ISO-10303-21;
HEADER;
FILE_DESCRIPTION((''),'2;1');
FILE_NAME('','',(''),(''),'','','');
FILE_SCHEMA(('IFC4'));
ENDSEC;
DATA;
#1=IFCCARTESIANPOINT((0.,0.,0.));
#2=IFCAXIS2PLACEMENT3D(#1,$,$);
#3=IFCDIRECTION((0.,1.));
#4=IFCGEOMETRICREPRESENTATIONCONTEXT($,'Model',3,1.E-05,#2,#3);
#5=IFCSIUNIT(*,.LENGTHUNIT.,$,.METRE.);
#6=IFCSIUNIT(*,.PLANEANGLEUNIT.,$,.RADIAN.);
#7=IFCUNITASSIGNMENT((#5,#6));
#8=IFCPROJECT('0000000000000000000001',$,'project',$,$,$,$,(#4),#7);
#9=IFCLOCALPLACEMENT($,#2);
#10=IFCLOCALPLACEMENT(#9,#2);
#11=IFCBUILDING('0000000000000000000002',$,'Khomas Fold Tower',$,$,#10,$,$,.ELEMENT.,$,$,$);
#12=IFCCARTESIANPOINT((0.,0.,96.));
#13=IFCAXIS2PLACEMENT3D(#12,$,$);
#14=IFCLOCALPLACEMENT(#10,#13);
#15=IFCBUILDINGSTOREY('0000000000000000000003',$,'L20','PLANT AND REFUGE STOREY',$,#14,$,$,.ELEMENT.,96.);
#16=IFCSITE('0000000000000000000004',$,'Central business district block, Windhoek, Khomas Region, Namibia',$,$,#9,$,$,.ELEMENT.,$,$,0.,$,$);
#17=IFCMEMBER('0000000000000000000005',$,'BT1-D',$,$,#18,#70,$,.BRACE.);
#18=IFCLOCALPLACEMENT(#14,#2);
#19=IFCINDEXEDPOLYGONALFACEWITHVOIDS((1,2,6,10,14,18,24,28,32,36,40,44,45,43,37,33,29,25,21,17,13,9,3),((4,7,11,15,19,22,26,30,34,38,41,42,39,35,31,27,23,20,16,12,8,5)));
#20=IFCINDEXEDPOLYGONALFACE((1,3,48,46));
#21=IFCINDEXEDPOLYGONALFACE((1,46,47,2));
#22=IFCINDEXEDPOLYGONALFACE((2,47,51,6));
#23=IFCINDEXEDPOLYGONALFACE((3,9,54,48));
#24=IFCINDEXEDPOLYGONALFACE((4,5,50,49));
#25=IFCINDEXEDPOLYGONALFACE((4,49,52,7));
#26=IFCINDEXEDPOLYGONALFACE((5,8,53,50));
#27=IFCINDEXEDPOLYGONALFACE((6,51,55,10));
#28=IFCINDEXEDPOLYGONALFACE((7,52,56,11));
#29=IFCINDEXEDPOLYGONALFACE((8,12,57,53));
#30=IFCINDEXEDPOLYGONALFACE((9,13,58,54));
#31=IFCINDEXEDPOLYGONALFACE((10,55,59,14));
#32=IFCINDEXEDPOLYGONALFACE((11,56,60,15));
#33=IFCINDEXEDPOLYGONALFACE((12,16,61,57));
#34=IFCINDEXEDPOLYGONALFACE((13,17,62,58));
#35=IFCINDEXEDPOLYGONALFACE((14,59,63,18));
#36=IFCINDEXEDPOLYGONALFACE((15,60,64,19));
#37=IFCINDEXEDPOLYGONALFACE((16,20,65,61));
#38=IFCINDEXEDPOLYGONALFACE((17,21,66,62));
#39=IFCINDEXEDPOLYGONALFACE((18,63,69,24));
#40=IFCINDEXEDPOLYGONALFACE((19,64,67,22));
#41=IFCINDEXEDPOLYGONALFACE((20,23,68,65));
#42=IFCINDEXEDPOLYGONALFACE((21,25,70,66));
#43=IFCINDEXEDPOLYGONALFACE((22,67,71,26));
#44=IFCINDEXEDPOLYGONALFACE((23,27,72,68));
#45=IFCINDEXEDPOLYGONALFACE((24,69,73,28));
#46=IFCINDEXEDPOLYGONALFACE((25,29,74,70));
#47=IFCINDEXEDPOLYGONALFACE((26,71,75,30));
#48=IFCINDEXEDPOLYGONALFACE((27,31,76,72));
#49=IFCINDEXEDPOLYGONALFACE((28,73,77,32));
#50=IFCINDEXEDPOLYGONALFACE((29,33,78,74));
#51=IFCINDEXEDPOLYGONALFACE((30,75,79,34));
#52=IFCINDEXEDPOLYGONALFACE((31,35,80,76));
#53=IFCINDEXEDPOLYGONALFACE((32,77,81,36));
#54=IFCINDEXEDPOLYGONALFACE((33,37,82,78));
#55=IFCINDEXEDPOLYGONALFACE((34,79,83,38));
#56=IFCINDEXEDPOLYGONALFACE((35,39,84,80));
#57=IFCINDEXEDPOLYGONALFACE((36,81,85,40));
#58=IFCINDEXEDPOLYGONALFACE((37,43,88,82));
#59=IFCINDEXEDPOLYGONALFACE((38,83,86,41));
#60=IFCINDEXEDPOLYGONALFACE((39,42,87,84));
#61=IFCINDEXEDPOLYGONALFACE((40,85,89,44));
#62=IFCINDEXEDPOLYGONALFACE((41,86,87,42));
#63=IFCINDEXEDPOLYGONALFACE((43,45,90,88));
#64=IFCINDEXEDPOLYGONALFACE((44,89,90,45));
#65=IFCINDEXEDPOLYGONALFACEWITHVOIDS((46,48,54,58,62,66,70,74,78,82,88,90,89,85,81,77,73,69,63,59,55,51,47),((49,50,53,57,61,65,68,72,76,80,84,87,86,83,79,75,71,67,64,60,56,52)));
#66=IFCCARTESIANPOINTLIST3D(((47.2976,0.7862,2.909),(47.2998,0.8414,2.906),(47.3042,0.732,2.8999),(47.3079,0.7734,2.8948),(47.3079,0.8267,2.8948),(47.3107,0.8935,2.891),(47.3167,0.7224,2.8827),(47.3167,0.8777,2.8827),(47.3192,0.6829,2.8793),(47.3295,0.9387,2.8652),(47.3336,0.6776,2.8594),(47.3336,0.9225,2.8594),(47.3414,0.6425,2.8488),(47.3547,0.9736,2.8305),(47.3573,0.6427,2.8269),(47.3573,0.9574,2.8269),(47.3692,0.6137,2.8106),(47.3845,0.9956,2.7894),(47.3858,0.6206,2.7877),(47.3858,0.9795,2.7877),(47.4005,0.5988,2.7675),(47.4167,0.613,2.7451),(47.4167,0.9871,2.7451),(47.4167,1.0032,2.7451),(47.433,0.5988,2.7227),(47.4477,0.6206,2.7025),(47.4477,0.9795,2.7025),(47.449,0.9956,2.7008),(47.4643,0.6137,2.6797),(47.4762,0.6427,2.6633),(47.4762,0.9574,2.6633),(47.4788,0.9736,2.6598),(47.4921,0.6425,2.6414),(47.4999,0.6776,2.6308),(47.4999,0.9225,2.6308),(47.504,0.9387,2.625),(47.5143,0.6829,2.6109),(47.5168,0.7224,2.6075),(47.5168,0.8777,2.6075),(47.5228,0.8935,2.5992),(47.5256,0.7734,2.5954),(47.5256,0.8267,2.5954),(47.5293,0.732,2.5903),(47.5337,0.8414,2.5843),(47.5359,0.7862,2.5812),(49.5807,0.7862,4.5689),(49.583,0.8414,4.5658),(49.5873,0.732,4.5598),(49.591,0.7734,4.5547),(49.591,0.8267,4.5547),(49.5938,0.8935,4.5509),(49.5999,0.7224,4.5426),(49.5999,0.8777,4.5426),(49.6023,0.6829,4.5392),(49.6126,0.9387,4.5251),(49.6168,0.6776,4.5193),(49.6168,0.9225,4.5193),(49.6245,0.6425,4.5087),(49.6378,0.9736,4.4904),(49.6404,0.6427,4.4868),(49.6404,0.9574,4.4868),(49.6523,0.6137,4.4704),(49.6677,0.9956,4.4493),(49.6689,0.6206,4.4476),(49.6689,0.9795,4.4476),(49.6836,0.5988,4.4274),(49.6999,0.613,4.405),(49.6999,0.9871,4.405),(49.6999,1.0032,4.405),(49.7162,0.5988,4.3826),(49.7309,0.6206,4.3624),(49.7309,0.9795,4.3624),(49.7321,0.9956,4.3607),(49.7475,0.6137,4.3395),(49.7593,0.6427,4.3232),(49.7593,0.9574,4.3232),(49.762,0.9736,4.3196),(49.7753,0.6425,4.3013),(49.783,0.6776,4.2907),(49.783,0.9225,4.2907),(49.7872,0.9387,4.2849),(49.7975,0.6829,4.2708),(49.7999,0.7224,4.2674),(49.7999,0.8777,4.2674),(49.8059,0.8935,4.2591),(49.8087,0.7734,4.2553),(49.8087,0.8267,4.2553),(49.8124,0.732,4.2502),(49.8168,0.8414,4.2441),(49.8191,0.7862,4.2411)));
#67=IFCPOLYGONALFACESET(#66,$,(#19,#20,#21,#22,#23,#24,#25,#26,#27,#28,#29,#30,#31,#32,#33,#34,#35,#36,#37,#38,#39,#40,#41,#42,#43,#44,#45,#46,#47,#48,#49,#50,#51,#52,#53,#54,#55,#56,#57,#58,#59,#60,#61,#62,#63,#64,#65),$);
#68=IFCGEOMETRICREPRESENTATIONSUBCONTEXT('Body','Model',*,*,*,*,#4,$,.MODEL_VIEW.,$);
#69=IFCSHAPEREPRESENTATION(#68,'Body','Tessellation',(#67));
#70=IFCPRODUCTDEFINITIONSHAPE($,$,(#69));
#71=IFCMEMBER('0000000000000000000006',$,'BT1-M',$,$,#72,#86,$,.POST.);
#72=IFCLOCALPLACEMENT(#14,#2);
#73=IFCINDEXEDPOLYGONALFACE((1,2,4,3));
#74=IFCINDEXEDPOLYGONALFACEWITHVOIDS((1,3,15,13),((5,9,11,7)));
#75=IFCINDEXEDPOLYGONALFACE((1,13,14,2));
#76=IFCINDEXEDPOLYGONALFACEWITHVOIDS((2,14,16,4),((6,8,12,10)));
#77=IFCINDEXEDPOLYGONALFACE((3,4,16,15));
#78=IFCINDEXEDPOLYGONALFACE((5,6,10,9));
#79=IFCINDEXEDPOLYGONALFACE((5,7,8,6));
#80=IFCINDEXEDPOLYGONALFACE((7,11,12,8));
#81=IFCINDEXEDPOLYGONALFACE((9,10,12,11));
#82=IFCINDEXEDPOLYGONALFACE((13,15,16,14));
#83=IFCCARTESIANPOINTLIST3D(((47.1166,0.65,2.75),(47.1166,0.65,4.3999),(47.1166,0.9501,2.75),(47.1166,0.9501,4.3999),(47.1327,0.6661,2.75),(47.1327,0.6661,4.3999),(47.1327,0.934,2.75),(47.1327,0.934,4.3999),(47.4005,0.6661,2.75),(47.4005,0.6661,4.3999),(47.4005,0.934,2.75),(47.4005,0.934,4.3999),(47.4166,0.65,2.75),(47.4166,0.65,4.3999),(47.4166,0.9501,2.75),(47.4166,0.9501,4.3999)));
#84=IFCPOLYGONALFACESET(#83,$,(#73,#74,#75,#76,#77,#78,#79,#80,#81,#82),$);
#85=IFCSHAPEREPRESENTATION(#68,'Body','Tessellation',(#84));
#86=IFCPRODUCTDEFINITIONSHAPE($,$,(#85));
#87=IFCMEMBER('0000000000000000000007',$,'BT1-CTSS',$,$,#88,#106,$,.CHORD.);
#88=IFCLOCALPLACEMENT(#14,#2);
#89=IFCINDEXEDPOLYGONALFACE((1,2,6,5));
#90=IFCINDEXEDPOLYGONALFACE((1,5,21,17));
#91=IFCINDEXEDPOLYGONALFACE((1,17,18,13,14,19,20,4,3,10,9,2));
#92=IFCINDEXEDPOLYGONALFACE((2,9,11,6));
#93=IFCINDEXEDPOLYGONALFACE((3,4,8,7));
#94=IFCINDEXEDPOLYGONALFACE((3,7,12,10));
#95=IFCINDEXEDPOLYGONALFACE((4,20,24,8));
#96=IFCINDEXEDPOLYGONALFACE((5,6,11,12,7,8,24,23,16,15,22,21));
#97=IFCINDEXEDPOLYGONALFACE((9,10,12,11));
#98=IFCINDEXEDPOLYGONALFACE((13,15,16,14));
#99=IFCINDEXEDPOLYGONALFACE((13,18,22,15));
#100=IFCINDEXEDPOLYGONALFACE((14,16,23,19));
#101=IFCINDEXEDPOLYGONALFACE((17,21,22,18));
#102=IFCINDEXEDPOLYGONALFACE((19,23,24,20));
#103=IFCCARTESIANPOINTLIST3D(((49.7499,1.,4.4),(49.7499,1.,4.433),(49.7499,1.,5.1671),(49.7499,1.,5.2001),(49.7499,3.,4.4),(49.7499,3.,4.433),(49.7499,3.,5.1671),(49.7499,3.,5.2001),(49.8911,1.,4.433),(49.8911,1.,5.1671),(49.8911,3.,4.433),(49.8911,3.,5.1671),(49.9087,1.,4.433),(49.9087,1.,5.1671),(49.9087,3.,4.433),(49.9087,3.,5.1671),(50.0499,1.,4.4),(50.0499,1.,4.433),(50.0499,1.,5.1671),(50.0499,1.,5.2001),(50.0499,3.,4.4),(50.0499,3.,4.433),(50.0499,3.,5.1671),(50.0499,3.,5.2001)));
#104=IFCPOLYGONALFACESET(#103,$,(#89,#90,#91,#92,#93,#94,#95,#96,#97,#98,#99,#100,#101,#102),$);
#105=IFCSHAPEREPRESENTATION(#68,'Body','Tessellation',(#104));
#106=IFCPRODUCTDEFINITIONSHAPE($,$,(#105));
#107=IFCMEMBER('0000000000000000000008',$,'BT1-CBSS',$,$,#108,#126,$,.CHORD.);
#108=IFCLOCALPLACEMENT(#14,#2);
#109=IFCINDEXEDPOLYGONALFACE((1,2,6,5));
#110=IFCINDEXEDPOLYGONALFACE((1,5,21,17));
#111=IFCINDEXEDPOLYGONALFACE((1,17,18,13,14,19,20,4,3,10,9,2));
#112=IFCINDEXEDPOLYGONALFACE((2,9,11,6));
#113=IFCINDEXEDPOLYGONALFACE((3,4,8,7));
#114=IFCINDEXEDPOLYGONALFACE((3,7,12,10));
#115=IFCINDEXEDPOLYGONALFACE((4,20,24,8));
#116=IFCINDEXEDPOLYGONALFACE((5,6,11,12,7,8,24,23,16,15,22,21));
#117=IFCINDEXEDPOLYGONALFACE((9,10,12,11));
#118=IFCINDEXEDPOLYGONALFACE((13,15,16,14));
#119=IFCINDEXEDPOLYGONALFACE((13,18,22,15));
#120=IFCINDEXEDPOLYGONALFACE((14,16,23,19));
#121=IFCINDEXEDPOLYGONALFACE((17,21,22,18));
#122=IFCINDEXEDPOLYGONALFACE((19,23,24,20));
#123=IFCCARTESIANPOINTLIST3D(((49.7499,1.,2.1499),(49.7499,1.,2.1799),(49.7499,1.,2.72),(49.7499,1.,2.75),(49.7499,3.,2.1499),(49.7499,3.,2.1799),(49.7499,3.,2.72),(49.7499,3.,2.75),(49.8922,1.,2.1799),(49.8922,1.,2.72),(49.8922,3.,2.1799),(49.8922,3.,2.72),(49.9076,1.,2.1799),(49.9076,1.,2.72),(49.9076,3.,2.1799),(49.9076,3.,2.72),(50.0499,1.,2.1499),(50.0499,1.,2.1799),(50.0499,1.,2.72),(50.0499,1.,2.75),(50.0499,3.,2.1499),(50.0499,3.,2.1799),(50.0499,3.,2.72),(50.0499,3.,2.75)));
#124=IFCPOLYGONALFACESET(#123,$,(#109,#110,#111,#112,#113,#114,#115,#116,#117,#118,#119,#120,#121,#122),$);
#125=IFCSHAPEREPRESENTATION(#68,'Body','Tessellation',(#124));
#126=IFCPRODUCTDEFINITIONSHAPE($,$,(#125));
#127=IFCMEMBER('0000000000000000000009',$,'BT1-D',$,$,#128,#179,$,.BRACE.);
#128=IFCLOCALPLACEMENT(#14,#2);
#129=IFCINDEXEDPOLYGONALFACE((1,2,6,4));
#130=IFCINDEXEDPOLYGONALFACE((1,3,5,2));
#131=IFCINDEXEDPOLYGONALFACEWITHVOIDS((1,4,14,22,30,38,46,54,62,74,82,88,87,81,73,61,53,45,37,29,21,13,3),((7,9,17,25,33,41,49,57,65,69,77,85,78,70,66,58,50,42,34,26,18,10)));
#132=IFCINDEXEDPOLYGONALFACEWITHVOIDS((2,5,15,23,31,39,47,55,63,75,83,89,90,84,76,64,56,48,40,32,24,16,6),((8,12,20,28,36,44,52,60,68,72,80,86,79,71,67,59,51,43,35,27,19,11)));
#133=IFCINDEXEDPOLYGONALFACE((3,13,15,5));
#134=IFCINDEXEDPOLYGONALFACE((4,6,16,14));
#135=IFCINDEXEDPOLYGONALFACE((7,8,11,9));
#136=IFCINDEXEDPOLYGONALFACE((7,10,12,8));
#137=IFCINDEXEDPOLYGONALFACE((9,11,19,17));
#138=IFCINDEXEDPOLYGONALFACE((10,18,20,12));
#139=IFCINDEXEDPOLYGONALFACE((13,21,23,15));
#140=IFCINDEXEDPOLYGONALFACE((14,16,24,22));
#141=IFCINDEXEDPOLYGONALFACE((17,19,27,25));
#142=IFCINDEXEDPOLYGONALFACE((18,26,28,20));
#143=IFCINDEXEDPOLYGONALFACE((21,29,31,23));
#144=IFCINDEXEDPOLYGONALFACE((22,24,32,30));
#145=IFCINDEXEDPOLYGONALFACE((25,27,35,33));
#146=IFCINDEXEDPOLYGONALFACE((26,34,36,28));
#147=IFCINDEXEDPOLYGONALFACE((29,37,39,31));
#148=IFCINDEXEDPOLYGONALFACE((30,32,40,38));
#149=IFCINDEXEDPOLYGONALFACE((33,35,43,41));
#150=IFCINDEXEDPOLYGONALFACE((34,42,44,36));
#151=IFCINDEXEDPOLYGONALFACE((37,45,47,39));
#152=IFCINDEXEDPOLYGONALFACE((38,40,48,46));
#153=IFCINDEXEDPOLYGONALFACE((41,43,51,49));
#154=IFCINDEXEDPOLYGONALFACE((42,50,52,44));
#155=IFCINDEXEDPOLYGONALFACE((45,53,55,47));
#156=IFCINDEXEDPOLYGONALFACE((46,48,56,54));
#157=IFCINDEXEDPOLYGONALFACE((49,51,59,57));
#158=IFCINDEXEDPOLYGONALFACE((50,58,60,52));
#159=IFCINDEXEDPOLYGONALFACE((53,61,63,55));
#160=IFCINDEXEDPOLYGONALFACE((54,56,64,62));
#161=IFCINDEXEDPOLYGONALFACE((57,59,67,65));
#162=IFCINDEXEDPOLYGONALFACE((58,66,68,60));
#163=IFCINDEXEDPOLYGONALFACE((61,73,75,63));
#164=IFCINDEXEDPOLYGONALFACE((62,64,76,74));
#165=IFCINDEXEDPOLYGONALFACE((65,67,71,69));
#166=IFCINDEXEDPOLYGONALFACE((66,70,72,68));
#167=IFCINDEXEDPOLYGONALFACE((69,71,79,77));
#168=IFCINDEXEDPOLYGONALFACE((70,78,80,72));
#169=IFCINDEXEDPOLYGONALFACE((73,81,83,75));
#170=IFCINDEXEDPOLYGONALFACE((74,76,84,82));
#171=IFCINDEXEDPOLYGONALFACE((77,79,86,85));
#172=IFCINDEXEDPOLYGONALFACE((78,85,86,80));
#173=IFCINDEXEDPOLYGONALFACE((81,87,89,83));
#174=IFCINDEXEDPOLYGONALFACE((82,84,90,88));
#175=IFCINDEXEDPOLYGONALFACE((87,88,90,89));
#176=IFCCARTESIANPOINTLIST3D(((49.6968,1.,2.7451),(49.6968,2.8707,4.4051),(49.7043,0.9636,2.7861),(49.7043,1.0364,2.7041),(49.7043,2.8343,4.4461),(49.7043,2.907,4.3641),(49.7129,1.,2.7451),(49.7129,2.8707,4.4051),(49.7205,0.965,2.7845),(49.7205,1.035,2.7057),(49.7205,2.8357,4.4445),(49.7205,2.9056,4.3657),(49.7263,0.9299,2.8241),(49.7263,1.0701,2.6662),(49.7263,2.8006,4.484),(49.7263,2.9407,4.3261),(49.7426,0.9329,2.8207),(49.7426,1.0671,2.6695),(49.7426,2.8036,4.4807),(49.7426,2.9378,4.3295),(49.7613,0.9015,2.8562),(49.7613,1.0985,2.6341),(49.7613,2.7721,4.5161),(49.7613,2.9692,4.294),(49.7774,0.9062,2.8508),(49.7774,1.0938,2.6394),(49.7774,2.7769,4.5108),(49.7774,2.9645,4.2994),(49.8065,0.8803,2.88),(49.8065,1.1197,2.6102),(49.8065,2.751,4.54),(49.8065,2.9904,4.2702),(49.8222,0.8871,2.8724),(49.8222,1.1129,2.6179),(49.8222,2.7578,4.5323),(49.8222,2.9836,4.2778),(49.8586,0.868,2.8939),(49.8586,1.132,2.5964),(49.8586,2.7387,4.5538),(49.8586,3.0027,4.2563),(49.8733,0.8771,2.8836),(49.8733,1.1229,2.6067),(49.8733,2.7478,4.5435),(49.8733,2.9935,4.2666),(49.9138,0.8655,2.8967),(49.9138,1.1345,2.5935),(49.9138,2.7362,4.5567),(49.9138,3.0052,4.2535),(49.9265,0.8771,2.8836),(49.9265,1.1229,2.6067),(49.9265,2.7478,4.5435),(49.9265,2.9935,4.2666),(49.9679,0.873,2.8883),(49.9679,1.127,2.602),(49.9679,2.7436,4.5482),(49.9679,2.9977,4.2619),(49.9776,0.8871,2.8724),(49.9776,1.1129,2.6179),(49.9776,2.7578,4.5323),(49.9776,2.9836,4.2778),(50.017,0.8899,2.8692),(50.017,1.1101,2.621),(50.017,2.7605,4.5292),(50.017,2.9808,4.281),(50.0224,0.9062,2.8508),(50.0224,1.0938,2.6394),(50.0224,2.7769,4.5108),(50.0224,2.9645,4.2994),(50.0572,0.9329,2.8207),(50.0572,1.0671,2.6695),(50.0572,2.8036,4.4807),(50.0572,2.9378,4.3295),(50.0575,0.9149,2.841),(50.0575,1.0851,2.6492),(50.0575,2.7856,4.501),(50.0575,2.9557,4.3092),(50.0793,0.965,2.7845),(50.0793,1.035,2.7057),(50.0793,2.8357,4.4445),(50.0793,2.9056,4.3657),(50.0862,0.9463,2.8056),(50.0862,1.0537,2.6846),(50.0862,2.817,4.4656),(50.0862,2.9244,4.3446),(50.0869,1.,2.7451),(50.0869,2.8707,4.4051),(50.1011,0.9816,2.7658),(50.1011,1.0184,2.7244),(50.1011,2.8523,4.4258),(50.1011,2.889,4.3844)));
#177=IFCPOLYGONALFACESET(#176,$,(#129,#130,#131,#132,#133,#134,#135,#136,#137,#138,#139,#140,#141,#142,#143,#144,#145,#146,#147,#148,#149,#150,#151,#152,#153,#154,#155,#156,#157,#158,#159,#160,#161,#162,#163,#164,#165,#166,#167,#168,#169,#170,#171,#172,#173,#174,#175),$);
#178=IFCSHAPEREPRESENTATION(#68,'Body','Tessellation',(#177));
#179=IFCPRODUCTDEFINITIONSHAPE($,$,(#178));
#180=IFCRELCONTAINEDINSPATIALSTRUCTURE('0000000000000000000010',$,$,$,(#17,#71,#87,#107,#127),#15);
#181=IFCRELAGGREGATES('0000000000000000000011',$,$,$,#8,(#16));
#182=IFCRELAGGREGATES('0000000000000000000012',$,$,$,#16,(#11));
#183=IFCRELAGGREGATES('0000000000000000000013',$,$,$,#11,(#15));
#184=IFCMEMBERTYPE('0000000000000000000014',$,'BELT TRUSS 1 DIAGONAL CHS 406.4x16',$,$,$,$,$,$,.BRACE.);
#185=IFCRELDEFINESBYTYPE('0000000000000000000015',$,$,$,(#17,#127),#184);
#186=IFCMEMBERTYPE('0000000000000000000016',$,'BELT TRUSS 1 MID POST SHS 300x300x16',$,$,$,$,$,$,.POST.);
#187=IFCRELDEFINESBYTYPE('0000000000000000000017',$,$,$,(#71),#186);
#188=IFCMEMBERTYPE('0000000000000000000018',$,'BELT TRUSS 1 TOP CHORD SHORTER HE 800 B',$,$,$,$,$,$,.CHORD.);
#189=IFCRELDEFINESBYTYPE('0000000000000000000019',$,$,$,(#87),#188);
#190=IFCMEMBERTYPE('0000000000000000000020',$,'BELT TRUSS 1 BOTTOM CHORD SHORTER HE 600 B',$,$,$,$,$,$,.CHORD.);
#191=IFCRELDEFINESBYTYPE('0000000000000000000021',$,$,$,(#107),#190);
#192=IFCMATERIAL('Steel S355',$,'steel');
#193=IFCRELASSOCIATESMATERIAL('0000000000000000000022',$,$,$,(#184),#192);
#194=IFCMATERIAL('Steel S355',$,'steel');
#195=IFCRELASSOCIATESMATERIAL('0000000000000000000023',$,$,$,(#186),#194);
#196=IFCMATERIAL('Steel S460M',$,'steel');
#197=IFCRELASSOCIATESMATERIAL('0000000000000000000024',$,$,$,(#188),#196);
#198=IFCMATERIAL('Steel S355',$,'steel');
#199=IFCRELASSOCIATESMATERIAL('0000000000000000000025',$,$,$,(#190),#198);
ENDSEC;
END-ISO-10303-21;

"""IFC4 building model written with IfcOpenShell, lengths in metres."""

from ifc_helpers import new_model, si_unit, direction, frame, origin, origin_2d, place, context, subcontext, project, spatial, hollow_rectangle, hollow_circle, i_section, extrude, source, transform, mapped, material, material_profile, profile_set, type_object, element, save


model = new_model("IFC4")

# Units and contexts
model_context = context("Model", 3, precision=1e-05, world=origin(), true_north=direction((0.0, 1.0)))
body_context = subcontext(model_context, "Body", "Model", "MODEL_VIEW")
ifc_project = project(units=[si_unit("LENGTHUNIT", "METRE"), si_unit("PLANEANGLEUNIT", "RADIAN")], contexts=[model_context])

# Site, building, storey
site_placement = place(None, origin())
site = spatial("IfcSite", under=ifc_project, at=site_placement, Name="Central business district block, Windhoek, Khomas Region, Namibia", CompositionType="ELEMENT", RefElevation=0.0)
building_placement = place(site_placement, origin())
building = spatial("IfcBuilding", under=site, at=building_placement, Name="Khomas Fold Tower", CompositionType="ELEMENT")
storey_placement = place(building_placement, frame((0.0, 0.0, 96.0)))
storey = spatial("IfcBuildingStorey", under=building, at=storey_placement, Name="L20", Description="PLANT AND REFUGE STOREY", CompositionType="ELEMENT", Elevation=96.0)

# Members
ifc_material_1 = material(Name="Steel S355", Category="steel")
ifc_material_profile_1 = material_profile(ifc_material_1, hollow_circle(Radius=0.2031, WallThickness=0.0161, at=origin_2d()), Name="CHS 406.4x16")
ifc_profile_set_1 = profile_set([ifc_material_profile_1], Name="Steel S355")
member_type_1 = type_object("IfcMemberType", Name="BELT TRUSS 1 DIAGONAL CHS 406.4x16", PredefinedType="BRACE", material=ifc_profile_set_1)
shared_shape_1 = source(origin(), body_context, "Body", "SweptSolid", [
    extrude(hollow_circle(Radius=0.2031, WallThickness=0.0161, at=origin_2d()), origin(), (0.0, 0.0, 1.0), 2.8228),
])
member_1_placement = place(storey_placement, frame((47.4167, 0.8, 2.7451), z_axis=(0.808837, 0.0, 0.588033), x_axis=(0.0, 1.0, 0.0)))
element("IfcMember", 1, at=member_1_placement, inside=storey, type_object=member_type_1, Name="BT1-D", PredefinedType="BRACE", context=body_context, shape_type="MappedRepresentation", body=[
    mapped(shared_shape_1, transform((0.0, 0.0, 0.0))),
])
ifc_material_2 = material(Name="Steel S355", Category="steel")
ifc_material_profile_2 = material_profile(ifc_material_2, hollow_rectangle(XDim=0.3, YDim=0.3, WallThickness=0.0161, at=origin_2d()), Name="SHS 300x300x16")
ifc_profile_set_2 = profile_set([ifc_material_profile_2], Name="Steel S355")
member_type_2 = type_object("IfcMemberType", Name="BELT TRUSS 1 MID POST SHS 300x300x16", PredefinedType="POST", material=ifc_profile_set_2)
shared_shape_2 = source(origin(), body_context, "Body", "SweptSolid", [
    extrude(hollow_rectangle(XDim=0.3, YDim=0.3, WallThickness=0.0161, at=origin_2d()), origin(), (0.0, 0.0, 1.0), 1.6499),
])
member_2_placement = place(storey_placement, frame((47.2666, 0.8, 2.75), z_axis=(0.0, 0.0, 1.0), x_axis=(1.0, 0.0, 0.0)))
element("IfcMember", 2, at=member_2_placement, inside=storey, type_object=member_type_2, Name="BT1-M", PredefinedType="POST", context=body_context, shape_type="MappedRepresentation", body=[
    mapped(shared_shape_2, transform((0.0, 0.0, 0.0))),
])
ifc_material_3 = material(Name="Steel S460M", Category="steel")
ifc_material_profile_3 = material_profile(ifc_material_3, i_section(OverallWidth=0.3, OverallDepth=0.8, WebThickness=0.0176, FlangeThickness=0.033, at=origin_2d()), Name="HE 800 B")
ifc_profile_set_3 = profile_set([ifc_material_profile_3], Name="Steel S460M")
member_type_3 = type_object("IfcMemberType", Name="BELT TRUSS 1 TOP CHORD SHORTER HE 800 B", PredefinedType="CHORD", material=ifc_profile_set_3)
shared_shape_3 = source(origin(), body_context, "Body", "SweptSolid", [
    extrude(i_section(OverallWidth=0.3, OverallDepth=0.8, WebThickness=0.0176, FlangeThickness=0.033, at=origin_2d()), origin(), (0.0, 0.0, 1.0), 2.0),
])
member_3_placement = place(storey_placement, frame((49.8999, 1.0, 4.8), z_axis=(0.0, 1.0, 0.0), x_axis=(-1.0, 0.0, 0.0)))
element("IfcMember", 3, at=member_3_placement, inside=storey, type_object=member_type_3, Name="BT1-CTSS", PredefinedType="CHORD", context=body_context, shape_type="MappedRepresentation", body=[
    mapped(shared_shape_3, transform((0.0, 0.0, 0.0))),
])
ifc_material_4 = material(Name="Steel S355", Category="steel")
ifc_material_profile_4 = material_profile(ifc_material_4, i_section(OverallWidth=0.3, OverallDepth=0.6001, WebThickness=0.0154, FlangeThickness=0.03, at=origin_2d()), Name="HE 600 B")
ifc_profile_set_4 = profile_set([ifc_material_profile_4], Name="Steel S355")
member_type_4 = type_object("IfcMemberType", Name="BELT TRUSS 1 BOTTOM CHORD SHORTER HE 600 B", PredefinedType="CHORD", material=ifc_profile_set_4)
shared_shape_4 = source(origin(), body_context, "Body", "SweptSolid", [
    extrude(i_section(OverallWidth=0.3, OverallDepth=0.6001, WebThickness=0.0154, FlangeThickness=0.03, at=origin_2d()), origin(), (0.0, 0.0, 1.0), 2.0),
])
member_4_placement = place(storey_placement, frame((49.8999, 1.0, 2.45), z_axis=(0.0, 1.0, 0.0), x_axis=(-1.0, 0.0, 0.0)))
element("IfcMember", 4, at=member_4_placement, inside=storey, type_object=member_type_4, Name="BT1-CBSS", PredefinedType="CHORD", context=body_context, shape_type="MappedRepresentation", body=[
    mapped(shared_shape_4, transform((0.0, 0.0, 0.0))),
])
shared_shape_5 = source(origin(), body_context, "Body", "SweptSolid", [
    extrude(hollow_circle(Radius=0.2031, WallThickness=0.0161, at=origin_2d()), origin(), (0.0, 0.0, 1.0), 2.501),
])
member_5_placement = place(storey_placement, frame((49.8999, 1.0, 2.7451), z_axis=(0.0, 0.747975, 0.663727), x_axis=(-1.0, 0.0, 0.0)))
element("IfcMember", 5, at=member_5_placement, inside=storey, type_object=member_type_1, Name="BT1-D", PredefinedType="BRACE", context=body_context, shape_type="MappedRepresentation", body=[
    mapped(shared_shape_5, transform((0.0, 0.0, 0.0))),
])

save(model, "model.ifc")
